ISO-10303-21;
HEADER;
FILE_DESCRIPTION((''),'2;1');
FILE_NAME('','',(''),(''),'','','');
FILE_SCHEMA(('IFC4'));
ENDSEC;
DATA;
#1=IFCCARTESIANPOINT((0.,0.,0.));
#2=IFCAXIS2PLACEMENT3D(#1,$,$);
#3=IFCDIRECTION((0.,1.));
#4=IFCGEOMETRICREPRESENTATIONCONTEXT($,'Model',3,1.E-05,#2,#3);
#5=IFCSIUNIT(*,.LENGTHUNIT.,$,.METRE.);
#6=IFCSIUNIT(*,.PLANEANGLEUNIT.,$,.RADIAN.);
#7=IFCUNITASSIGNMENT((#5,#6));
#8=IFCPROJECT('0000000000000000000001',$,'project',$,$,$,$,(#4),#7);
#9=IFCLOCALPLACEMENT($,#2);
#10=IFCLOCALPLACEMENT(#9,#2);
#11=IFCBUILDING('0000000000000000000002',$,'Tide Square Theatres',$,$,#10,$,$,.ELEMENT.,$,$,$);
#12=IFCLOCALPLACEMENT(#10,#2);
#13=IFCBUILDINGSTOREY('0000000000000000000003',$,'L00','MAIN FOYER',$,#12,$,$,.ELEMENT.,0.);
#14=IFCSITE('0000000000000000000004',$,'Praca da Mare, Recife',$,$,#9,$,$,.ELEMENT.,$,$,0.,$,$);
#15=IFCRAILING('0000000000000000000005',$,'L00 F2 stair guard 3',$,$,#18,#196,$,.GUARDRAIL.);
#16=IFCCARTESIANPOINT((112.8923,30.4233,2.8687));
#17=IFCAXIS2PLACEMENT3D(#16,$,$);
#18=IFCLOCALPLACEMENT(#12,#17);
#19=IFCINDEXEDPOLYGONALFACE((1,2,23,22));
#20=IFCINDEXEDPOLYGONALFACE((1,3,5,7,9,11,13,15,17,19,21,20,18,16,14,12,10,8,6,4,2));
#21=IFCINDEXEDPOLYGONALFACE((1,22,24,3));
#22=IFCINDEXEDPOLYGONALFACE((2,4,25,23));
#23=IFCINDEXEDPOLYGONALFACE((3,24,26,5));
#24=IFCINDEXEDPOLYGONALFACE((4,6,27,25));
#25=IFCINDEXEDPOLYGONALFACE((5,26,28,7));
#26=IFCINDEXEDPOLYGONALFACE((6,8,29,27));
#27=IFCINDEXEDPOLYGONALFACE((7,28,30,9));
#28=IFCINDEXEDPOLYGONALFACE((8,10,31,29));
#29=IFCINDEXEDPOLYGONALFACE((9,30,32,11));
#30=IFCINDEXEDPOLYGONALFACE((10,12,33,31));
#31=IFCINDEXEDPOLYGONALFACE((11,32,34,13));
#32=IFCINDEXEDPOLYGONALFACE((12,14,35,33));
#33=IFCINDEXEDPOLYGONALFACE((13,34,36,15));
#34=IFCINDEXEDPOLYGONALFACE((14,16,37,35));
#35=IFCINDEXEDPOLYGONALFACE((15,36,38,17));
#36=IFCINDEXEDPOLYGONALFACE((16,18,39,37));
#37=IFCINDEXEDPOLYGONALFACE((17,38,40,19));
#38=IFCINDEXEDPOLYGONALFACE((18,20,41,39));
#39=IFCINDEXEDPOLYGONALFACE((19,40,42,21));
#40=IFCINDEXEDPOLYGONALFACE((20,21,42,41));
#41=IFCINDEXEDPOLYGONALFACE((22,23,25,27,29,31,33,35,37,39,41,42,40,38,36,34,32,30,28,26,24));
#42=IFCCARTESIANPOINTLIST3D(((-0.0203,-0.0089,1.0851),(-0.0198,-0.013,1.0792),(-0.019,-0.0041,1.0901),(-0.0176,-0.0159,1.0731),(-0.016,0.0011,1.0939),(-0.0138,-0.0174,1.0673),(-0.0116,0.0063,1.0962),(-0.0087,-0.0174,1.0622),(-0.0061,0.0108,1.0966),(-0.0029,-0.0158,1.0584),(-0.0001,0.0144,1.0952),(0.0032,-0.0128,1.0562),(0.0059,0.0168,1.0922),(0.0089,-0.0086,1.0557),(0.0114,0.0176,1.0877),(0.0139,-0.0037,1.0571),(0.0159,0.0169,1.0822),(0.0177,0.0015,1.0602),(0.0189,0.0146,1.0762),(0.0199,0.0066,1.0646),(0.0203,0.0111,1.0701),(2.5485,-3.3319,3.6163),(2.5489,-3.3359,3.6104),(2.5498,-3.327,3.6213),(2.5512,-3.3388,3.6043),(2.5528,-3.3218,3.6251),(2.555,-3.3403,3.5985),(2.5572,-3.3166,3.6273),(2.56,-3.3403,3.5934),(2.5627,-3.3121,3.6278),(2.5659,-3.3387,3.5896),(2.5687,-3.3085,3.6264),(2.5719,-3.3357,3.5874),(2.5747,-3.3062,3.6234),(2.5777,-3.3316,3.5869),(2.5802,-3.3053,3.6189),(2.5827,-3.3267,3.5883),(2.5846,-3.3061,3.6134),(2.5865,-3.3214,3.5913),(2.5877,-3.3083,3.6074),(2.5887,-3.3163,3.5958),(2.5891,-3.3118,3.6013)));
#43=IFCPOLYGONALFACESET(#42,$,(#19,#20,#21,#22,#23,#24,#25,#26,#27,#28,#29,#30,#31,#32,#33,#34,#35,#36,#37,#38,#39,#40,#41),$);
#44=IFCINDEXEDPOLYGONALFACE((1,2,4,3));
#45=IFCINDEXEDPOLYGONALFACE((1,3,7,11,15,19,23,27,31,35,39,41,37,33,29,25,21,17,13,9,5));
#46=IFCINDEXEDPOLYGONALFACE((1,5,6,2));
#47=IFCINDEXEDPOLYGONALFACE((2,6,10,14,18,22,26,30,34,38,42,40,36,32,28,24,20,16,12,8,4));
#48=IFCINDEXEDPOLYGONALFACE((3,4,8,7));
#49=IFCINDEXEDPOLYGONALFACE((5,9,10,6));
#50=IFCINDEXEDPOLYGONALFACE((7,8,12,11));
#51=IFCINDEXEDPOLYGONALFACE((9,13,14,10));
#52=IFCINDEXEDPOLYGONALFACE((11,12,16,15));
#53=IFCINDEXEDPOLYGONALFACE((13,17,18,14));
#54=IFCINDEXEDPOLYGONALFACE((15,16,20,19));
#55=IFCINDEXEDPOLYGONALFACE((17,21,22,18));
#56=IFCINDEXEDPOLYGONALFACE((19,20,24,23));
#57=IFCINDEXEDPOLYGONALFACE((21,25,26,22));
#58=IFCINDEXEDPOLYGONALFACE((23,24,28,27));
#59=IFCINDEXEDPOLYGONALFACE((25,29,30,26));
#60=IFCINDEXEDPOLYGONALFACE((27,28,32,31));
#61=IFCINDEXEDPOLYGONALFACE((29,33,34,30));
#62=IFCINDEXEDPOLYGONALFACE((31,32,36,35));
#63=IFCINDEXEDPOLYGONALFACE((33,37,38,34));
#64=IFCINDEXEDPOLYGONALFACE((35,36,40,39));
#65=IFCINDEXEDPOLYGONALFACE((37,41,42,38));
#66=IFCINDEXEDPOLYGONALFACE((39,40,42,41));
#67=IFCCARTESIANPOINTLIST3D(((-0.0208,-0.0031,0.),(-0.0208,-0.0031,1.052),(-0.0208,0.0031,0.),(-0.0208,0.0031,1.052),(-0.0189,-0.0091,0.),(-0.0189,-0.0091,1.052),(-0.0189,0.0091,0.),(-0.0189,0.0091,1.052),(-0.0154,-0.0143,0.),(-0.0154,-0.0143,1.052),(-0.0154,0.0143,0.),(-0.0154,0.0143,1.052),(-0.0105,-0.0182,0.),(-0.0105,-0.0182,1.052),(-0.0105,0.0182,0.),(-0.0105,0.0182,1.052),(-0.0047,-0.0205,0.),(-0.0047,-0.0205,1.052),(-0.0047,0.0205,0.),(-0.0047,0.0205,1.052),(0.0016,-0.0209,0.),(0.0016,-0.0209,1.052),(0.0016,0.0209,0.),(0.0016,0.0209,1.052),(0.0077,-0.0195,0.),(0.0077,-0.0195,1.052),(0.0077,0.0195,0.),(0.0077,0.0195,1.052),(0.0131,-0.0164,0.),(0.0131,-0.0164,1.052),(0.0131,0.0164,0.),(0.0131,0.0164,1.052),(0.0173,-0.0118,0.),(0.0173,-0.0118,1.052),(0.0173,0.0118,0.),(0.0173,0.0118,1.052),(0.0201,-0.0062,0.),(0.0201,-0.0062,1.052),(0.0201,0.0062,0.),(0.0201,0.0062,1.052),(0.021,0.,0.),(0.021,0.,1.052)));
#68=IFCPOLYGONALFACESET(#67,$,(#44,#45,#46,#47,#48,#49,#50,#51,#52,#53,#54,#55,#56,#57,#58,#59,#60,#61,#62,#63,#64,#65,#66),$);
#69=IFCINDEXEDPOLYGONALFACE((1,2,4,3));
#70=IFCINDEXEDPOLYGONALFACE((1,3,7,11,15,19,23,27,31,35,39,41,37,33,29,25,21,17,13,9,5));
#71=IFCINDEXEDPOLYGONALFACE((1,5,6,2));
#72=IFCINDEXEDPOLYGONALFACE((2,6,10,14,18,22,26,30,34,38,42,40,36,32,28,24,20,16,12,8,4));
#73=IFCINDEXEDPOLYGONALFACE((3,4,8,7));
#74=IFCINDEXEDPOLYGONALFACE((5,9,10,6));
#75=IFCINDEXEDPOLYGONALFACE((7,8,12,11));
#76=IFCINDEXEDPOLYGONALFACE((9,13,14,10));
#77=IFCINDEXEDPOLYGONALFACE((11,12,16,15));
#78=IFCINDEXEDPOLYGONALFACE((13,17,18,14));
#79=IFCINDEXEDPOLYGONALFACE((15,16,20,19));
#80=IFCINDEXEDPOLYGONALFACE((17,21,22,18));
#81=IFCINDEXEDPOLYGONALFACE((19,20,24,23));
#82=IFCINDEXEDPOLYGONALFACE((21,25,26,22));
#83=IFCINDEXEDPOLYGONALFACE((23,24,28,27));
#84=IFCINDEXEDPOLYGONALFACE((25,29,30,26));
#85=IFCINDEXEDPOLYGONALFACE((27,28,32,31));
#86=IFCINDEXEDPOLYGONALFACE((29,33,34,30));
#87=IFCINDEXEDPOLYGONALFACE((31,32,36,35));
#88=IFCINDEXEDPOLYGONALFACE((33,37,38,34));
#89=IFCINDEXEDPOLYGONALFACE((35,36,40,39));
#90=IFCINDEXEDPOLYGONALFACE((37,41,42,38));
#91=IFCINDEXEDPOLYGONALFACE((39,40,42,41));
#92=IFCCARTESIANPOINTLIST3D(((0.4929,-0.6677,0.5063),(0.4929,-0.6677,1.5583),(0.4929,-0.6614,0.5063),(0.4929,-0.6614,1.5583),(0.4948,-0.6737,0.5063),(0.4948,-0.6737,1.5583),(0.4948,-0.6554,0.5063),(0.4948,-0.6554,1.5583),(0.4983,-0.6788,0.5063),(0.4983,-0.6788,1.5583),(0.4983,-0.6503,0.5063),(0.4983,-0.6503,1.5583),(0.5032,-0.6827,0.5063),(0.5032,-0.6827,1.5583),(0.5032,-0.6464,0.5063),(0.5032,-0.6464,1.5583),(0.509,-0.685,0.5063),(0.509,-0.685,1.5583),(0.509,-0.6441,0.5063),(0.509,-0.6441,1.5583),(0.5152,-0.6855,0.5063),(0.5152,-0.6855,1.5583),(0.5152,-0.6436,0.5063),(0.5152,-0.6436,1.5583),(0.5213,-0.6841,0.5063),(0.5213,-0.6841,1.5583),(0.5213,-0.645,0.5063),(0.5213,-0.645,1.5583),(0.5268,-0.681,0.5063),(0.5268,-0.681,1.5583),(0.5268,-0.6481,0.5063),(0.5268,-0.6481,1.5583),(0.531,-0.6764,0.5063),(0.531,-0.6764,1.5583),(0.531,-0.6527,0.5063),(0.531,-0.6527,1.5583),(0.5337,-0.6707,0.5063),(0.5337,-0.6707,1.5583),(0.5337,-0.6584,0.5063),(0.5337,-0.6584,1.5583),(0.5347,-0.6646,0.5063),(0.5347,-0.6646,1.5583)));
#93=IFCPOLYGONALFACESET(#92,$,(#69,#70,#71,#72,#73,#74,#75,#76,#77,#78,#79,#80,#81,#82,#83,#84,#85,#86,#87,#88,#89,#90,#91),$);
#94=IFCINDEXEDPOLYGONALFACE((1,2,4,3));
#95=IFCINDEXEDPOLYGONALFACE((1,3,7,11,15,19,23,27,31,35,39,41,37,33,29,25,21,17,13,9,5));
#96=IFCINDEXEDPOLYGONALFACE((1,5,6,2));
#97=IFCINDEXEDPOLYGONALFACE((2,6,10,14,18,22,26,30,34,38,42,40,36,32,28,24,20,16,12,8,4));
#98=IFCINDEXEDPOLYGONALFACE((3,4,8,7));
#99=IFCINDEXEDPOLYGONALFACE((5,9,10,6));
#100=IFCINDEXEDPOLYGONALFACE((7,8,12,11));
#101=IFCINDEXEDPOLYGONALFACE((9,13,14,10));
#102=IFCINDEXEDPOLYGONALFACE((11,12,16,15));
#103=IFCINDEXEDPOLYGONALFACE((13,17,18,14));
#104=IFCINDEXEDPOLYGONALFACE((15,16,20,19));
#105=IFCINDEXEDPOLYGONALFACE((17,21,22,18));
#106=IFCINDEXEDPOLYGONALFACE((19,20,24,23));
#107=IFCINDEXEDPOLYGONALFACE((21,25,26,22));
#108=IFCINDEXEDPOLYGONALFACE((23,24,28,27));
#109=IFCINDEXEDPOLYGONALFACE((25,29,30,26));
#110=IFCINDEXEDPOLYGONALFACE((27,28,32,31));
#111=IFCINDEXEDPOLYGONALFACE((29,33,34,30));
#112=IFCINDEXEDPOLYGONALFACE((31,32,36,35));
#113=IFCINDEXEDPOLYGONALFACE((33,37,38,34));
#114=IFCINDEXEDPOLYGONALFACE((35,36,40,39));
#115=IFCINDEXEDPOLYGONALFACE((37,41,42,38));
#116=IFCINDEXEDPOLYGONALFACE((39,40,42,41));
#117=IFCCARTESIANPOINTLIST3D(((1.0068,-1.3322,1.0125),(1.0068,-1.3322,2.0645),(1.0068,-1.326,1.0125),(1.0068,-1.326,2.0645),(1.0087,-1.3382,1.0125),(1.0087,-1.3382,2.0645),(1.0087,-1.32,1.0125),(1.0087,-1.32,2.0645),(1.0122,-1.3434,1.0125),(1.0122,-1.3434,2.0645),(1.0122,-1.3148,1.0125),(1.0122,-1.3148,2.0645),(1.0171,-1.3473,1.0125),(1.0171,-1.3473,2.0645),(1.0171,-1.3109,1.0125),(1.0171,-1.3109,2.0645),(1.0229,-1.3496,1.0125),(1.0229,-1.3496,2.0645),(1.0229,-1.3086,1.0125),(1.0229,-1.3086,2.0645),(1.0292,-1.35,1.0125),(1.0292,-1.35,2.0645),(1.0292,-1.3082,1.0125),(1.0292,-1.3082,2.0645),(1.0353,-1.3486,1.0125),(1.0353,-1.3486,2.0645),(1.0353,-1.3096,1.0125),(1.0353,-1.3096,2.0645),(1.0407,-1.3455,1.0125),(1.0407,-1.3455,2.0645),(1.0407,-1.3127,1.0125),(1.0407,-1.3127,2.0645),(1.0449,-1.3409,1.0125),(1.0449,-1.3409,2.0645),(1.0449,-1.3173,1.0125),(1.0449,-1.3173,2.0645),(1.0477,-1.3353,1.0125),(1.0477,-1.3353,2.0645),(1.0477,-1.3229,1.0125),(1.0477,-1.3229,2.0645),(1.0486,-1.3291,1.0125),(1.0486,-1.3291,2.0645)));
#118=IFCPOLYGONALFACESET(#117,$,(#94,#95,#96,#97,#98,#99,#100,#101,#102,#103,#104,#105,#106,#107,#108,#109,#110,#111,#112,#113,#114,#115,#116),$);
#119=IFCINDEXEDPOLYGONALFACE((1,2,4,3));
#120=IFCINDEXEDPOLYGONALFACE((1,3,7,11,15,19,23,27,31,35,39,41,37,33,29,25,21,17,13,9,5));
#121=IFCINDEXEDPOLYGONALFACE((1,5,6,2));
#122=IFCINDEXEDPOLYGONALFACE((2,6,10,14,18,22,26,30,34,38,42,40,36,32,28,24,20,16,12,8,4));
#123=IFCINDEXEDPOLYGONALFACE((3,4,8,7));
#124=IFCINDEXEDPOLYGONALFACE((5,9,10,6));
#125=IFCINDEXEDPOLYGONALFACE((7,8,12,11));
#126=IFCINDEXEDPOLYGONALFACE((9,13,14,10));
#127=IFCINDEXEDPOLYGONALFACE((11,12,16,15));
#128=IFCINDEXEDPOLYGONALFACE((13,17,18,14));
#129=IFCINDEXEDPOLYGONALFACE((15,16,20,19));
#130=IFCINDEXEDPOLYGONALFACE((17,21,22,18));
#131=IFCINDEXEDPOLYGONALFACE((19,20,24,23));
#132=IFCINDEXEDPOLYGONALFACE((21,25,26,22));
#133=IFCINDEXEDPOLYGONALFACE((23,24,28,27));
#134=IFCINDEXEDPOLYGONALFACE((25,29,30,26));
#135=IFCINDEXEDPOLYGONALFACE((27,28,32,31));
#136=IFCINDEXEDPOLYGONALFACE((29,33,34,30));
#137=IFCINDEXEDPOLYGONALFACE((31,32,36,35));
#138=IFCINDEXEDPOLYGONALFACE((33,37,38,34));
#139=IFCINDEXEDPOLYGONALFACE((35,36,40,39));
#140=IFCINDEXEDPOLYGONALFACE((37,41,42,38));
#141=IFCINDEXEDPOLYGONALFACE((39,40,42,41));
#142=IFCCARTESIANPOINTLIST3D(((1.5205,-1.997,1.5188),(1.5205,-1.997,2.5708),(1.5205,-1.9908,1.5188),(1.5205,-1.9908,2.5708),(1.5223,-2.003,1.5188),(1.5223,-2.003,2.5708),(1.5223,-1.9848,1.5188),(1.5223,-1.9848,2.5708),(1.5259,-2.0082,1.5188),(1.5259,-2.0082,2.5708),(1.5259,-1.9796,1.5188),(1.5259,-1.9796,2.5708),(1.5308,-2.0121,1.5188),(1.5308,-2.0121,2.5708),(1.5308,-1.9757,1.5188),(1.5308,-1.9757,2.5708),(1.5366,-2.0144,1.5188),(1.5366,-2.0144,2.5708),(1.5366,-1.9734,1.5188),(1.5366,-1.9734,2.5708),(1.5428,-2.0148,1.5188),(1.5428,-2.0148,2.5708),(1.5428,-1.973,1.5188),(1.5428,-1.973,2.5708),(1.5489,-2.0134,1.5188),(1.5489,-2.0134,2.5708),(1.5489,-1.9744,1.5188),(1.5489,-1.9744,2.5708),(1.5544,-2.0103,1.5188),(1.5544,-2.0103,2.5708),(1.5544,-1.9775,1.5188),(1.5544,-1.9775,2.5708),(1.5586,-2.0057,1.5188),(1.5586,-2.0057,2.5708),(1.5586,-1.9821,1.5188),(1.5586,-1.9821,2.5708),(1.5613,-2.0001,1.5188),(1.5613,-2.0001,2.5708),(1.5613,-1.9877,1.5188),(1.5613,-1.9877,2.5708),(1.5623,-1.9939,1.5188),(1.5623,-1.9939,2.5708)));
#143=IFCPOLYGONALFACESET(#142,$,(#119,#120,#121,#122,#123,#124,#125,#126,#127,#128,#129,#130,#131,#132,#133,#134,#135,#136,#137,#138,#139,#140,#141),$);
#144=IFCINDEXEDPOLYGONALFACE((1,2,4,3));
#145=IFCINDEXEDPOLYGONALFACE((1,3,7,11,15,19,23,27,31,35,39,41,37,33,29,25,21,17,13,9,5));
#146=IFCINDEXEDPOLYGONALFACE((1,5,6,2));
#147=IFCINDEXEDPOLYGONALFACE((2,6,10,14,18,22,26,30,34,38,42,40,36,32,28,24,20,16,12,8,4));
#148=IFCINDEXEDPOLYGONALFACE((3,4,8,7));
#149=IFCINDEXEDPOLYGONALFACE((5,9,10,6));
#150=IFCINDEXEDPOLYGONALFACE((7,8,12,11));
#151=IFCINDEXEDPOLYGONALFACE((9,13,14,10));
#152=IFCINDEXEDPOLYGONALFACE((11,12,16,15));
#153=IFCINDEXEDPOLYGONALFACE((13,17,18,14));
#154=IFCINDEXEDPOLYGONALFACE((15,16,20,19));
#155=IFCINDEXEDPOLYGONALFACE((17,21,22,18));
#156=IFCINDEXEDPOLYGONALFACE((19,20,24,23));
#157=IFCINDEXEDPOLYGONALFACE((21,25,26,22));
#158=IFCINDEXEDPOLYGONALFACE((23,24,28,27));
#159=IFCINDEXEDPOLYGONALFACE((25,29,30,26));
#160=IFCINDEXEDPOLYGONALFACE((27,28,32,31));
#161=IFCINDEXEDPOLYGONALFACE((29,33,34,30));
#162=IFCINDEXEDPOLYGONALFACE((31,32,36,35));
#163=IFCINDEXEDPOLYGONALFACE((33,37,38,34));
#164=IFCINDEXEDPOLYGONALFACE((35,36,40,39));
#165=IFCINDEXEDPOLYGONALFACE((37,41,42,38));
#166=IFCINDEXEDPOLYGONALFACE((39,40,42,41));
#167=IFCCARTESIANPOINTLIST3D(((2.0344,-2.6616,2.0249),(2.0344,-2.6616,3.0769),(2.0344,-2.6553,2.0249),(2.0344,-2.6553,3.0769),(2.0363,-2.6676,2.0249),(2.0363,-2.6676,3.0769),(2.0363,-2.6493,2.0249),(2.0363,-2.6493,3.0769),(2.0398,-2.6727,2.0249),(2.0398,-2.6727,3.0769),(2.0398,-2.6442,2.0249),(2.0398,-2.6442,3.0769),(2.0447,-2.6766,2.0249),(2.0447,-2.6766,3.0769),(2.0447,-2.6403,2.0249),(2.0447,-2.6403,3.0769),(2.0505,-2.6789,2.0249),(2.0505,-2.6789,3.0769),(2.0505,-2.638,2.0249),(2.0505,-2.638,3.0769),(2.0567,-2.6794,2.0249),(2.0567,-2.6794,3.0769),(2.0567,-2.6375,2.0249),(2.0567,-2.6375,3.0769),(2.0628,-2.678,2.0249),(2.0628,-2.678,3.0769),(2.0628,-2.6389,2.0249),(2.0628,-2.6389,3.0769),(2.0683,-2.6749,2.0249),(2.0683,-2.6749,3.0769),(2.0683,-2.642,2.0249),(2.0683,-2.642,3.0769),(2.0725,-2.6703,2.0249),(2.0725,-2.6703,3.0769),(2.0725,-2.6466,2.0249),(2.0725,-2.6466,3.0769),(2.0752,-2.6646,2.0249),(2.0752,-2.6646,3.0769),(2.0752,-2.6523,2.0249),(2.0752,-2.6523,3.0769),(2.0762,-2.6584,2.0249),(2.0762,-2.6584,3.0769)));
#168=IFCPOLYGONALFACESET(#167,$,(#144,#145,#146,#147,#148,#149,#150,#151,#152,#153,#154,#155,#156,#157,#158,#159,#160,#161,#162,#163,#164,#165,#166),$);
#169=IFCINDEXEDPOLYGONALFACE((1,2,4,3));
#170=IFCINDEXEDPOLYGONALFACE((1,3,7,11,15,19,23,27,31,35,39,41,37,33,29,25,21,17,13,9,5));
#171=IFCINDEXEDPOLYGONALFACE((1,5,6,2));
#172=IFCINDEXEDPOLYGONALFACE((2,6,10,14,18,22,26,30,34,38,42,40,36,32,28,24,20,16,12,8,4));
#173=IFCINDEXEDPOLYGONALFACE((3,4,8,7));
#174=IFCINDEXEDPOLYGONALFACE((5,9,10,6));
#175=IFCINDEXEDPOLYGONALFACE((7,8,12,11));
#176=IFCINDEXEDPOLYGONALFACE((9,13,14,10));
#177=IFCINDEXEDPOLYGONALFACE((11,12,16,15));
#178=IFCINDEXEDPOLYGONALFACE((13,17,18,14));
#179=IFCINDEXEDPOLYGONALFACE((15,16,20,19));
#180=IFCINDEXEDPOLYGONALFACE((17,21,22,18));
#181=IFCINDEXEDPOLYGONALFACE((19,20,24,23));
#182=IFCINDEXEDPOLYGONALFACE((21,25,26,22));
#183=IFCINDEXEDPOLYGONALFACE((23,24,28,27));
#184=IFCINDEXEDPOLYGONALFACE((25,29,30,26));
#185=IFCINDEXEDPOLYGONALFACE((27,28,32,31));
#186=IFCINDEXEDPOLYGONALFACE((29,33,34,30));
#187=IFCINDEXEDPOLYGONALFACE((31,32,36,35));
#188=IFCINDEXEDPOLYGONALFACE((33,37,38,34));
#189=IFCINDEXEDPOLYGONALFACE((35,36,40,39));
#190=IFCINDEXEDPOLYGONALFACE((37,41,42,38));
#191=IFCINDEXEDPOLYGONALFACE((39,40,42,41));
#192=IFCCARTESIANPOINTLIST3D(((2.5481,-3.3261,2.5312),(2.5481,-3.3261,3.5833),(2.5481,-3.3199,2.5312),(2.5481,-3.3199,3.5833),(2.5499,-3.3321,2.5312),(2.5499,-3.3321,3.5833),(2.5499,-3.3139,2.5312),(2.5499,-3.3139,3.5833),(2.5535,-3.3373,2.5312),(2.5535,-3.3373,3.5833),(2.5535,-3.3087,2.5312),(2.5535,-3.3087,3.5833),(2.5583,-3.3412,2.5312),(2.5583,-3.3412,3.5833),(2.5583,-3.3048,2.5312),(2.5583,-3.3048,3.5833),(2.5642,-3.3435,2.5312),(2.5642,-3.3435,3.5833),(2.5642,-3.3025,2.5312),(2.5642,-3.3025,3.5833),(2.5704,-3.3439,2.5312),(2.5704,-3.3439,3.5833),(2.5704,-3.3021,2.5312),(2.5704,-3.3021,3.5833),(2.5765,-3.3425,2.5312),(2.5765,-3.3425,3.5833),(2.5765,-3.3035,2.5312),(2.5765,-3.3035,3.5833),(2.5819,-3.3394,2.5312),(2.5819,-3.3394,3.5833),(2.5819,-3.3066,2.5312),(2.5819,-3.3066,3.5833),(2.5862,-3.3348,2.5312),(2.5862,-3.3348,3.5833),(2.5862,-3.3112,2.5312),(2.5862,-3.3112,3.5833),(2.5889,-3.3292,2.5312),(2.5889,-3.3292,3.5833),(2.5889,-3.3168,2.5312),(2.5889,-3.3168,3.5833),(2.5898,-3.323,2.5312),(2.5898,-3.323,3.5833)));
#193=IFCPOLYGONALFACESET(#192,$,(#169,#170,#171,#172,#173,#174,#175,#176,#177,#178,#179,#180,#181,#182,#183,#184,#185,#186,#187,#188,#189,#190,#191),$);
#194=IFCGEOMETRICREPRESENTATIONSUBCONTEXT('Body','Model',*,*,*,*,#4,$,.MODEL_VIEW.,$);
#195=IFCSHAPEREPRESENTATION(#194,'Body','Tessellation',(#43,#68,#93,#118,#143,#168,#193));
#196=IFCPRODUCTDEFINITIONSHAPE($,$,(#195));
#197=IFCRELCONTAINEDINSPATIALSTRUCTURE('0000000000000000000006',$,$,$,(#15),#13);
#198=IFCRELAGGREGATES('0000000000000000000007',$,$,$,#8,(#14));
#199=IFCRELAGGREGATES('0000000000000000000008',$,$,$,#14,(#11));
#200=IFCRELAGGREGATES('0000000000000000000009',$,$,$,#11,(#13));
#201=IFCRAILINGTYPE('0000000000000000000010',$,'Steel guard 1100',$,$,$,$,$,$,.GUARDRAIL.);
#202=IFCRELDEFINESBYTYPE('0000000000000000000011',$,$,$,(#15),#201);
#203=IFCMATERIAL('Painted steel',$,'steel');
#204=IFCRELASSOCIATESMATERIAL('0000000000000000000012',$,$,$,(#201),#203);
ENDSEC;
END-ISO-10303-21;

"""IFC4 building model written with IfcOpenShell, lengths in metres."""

from ifc_helpers import new_model, si_unit, direction, frame, origin, origin_2d, place, context, subcontext, project, spatial, circle, extrude, material, type_object, element, save


model = new_model("IFC4")

# Units and contexts
model_context = context("Model", 3, precision=1e-05, world=origin(), true_north=direction((0.0, 1.0)))
body_context = subcontext(model_context, "Body", "Model", "MODEL_VIEW")
ifc_project = project(units=[si_unit("LENGTHUNIT", "METRE"), si_unit("PLANEANGLEUNIT", "RADIAN")], contexts=[model_context])

# Site, building, storey
site_placement = place(None, origin())
site = spatial("IfcSite", under=ifc_project, at=site_placement, Name="Praca da Mare, Recife", CompositionType="ELEMENT", RefElevation=0.0)
building_placement = place(site_placement, origin())
building = spatial("IfcBuilding", under=site, at=building_placement, Name="Tide Square Theatres", CompositionType="ELEMENT")
storey_placement = place(building_placement, origin())
storey = spatial("IfcBuildingStorey", under=building, at=storey_placement, Name="L00", Description="MAIN FOYER", CompositionType="ELEMENT", Elevation=0.0)

# Railing
ifc_material_1 = material(Name="Painted steel", Category="steel")
railing_type_1 = type_object("IfcRailingType", Name="Steel guard 1100", PredefinedType="GUARDRAIL", material=ifc_material_1)
railing_1_placement = place(storey_placement, frame((112.8923, 30.4233, 2.8687)))
element("IfcRailing", 1, at=railing_1_placement, inside=storey, type_object=railing_type_1, Name="L00 F2 stair guard 3", PredefinedType="GUARDRAIL", context=body_context, shape_type="SweptSolid", body=[
    extrude(circle(Radius=0.0239, at=origin_2d()), frame((0.0, 0.0, 1.0762), z_axis=(0.523835, -0.67762, 0.516168), x_axis=(0.791161, 0.611608, 0.0)), (0.0, 0.0, 1.0), 4.9038),
    extrude(circle(Radius=0.021, at=origin_2d()), origin(), (0.0, 0.0, 1.0), 1.052),
    extrude(circle(Radius=0.021, at=origin_2d()), frame((0.5137, -0.6646, 0.5063)), (0.0, 0.0, 1.0), 1.052),
    extrude(circle(Radius=0.021, at=origin_2d()), frame((1.0276, -1.3291, 1.0125)), (0.0, 0.0, 1.0), 1.052),
    extrude(circle(Radius=0.021, at=origin_2d()), frame((1.5413, -1.9939, 1.5188)), (0.0, 0.0, 1.0), 1.052),
    extrude(circle(Radius=0.021, at=origin_2d()), frame((2.0552, -2.6584, 2.0249)), (0.0, 0.0, 1.0), 1.052),
    extrude(circle(Radius=0.021, at=origin_2d()), frame((2.5688, -3.323, 2.5312)), (0.0, 0.0, 1.0), 1.052),
])

save(model, "model.ifc")
